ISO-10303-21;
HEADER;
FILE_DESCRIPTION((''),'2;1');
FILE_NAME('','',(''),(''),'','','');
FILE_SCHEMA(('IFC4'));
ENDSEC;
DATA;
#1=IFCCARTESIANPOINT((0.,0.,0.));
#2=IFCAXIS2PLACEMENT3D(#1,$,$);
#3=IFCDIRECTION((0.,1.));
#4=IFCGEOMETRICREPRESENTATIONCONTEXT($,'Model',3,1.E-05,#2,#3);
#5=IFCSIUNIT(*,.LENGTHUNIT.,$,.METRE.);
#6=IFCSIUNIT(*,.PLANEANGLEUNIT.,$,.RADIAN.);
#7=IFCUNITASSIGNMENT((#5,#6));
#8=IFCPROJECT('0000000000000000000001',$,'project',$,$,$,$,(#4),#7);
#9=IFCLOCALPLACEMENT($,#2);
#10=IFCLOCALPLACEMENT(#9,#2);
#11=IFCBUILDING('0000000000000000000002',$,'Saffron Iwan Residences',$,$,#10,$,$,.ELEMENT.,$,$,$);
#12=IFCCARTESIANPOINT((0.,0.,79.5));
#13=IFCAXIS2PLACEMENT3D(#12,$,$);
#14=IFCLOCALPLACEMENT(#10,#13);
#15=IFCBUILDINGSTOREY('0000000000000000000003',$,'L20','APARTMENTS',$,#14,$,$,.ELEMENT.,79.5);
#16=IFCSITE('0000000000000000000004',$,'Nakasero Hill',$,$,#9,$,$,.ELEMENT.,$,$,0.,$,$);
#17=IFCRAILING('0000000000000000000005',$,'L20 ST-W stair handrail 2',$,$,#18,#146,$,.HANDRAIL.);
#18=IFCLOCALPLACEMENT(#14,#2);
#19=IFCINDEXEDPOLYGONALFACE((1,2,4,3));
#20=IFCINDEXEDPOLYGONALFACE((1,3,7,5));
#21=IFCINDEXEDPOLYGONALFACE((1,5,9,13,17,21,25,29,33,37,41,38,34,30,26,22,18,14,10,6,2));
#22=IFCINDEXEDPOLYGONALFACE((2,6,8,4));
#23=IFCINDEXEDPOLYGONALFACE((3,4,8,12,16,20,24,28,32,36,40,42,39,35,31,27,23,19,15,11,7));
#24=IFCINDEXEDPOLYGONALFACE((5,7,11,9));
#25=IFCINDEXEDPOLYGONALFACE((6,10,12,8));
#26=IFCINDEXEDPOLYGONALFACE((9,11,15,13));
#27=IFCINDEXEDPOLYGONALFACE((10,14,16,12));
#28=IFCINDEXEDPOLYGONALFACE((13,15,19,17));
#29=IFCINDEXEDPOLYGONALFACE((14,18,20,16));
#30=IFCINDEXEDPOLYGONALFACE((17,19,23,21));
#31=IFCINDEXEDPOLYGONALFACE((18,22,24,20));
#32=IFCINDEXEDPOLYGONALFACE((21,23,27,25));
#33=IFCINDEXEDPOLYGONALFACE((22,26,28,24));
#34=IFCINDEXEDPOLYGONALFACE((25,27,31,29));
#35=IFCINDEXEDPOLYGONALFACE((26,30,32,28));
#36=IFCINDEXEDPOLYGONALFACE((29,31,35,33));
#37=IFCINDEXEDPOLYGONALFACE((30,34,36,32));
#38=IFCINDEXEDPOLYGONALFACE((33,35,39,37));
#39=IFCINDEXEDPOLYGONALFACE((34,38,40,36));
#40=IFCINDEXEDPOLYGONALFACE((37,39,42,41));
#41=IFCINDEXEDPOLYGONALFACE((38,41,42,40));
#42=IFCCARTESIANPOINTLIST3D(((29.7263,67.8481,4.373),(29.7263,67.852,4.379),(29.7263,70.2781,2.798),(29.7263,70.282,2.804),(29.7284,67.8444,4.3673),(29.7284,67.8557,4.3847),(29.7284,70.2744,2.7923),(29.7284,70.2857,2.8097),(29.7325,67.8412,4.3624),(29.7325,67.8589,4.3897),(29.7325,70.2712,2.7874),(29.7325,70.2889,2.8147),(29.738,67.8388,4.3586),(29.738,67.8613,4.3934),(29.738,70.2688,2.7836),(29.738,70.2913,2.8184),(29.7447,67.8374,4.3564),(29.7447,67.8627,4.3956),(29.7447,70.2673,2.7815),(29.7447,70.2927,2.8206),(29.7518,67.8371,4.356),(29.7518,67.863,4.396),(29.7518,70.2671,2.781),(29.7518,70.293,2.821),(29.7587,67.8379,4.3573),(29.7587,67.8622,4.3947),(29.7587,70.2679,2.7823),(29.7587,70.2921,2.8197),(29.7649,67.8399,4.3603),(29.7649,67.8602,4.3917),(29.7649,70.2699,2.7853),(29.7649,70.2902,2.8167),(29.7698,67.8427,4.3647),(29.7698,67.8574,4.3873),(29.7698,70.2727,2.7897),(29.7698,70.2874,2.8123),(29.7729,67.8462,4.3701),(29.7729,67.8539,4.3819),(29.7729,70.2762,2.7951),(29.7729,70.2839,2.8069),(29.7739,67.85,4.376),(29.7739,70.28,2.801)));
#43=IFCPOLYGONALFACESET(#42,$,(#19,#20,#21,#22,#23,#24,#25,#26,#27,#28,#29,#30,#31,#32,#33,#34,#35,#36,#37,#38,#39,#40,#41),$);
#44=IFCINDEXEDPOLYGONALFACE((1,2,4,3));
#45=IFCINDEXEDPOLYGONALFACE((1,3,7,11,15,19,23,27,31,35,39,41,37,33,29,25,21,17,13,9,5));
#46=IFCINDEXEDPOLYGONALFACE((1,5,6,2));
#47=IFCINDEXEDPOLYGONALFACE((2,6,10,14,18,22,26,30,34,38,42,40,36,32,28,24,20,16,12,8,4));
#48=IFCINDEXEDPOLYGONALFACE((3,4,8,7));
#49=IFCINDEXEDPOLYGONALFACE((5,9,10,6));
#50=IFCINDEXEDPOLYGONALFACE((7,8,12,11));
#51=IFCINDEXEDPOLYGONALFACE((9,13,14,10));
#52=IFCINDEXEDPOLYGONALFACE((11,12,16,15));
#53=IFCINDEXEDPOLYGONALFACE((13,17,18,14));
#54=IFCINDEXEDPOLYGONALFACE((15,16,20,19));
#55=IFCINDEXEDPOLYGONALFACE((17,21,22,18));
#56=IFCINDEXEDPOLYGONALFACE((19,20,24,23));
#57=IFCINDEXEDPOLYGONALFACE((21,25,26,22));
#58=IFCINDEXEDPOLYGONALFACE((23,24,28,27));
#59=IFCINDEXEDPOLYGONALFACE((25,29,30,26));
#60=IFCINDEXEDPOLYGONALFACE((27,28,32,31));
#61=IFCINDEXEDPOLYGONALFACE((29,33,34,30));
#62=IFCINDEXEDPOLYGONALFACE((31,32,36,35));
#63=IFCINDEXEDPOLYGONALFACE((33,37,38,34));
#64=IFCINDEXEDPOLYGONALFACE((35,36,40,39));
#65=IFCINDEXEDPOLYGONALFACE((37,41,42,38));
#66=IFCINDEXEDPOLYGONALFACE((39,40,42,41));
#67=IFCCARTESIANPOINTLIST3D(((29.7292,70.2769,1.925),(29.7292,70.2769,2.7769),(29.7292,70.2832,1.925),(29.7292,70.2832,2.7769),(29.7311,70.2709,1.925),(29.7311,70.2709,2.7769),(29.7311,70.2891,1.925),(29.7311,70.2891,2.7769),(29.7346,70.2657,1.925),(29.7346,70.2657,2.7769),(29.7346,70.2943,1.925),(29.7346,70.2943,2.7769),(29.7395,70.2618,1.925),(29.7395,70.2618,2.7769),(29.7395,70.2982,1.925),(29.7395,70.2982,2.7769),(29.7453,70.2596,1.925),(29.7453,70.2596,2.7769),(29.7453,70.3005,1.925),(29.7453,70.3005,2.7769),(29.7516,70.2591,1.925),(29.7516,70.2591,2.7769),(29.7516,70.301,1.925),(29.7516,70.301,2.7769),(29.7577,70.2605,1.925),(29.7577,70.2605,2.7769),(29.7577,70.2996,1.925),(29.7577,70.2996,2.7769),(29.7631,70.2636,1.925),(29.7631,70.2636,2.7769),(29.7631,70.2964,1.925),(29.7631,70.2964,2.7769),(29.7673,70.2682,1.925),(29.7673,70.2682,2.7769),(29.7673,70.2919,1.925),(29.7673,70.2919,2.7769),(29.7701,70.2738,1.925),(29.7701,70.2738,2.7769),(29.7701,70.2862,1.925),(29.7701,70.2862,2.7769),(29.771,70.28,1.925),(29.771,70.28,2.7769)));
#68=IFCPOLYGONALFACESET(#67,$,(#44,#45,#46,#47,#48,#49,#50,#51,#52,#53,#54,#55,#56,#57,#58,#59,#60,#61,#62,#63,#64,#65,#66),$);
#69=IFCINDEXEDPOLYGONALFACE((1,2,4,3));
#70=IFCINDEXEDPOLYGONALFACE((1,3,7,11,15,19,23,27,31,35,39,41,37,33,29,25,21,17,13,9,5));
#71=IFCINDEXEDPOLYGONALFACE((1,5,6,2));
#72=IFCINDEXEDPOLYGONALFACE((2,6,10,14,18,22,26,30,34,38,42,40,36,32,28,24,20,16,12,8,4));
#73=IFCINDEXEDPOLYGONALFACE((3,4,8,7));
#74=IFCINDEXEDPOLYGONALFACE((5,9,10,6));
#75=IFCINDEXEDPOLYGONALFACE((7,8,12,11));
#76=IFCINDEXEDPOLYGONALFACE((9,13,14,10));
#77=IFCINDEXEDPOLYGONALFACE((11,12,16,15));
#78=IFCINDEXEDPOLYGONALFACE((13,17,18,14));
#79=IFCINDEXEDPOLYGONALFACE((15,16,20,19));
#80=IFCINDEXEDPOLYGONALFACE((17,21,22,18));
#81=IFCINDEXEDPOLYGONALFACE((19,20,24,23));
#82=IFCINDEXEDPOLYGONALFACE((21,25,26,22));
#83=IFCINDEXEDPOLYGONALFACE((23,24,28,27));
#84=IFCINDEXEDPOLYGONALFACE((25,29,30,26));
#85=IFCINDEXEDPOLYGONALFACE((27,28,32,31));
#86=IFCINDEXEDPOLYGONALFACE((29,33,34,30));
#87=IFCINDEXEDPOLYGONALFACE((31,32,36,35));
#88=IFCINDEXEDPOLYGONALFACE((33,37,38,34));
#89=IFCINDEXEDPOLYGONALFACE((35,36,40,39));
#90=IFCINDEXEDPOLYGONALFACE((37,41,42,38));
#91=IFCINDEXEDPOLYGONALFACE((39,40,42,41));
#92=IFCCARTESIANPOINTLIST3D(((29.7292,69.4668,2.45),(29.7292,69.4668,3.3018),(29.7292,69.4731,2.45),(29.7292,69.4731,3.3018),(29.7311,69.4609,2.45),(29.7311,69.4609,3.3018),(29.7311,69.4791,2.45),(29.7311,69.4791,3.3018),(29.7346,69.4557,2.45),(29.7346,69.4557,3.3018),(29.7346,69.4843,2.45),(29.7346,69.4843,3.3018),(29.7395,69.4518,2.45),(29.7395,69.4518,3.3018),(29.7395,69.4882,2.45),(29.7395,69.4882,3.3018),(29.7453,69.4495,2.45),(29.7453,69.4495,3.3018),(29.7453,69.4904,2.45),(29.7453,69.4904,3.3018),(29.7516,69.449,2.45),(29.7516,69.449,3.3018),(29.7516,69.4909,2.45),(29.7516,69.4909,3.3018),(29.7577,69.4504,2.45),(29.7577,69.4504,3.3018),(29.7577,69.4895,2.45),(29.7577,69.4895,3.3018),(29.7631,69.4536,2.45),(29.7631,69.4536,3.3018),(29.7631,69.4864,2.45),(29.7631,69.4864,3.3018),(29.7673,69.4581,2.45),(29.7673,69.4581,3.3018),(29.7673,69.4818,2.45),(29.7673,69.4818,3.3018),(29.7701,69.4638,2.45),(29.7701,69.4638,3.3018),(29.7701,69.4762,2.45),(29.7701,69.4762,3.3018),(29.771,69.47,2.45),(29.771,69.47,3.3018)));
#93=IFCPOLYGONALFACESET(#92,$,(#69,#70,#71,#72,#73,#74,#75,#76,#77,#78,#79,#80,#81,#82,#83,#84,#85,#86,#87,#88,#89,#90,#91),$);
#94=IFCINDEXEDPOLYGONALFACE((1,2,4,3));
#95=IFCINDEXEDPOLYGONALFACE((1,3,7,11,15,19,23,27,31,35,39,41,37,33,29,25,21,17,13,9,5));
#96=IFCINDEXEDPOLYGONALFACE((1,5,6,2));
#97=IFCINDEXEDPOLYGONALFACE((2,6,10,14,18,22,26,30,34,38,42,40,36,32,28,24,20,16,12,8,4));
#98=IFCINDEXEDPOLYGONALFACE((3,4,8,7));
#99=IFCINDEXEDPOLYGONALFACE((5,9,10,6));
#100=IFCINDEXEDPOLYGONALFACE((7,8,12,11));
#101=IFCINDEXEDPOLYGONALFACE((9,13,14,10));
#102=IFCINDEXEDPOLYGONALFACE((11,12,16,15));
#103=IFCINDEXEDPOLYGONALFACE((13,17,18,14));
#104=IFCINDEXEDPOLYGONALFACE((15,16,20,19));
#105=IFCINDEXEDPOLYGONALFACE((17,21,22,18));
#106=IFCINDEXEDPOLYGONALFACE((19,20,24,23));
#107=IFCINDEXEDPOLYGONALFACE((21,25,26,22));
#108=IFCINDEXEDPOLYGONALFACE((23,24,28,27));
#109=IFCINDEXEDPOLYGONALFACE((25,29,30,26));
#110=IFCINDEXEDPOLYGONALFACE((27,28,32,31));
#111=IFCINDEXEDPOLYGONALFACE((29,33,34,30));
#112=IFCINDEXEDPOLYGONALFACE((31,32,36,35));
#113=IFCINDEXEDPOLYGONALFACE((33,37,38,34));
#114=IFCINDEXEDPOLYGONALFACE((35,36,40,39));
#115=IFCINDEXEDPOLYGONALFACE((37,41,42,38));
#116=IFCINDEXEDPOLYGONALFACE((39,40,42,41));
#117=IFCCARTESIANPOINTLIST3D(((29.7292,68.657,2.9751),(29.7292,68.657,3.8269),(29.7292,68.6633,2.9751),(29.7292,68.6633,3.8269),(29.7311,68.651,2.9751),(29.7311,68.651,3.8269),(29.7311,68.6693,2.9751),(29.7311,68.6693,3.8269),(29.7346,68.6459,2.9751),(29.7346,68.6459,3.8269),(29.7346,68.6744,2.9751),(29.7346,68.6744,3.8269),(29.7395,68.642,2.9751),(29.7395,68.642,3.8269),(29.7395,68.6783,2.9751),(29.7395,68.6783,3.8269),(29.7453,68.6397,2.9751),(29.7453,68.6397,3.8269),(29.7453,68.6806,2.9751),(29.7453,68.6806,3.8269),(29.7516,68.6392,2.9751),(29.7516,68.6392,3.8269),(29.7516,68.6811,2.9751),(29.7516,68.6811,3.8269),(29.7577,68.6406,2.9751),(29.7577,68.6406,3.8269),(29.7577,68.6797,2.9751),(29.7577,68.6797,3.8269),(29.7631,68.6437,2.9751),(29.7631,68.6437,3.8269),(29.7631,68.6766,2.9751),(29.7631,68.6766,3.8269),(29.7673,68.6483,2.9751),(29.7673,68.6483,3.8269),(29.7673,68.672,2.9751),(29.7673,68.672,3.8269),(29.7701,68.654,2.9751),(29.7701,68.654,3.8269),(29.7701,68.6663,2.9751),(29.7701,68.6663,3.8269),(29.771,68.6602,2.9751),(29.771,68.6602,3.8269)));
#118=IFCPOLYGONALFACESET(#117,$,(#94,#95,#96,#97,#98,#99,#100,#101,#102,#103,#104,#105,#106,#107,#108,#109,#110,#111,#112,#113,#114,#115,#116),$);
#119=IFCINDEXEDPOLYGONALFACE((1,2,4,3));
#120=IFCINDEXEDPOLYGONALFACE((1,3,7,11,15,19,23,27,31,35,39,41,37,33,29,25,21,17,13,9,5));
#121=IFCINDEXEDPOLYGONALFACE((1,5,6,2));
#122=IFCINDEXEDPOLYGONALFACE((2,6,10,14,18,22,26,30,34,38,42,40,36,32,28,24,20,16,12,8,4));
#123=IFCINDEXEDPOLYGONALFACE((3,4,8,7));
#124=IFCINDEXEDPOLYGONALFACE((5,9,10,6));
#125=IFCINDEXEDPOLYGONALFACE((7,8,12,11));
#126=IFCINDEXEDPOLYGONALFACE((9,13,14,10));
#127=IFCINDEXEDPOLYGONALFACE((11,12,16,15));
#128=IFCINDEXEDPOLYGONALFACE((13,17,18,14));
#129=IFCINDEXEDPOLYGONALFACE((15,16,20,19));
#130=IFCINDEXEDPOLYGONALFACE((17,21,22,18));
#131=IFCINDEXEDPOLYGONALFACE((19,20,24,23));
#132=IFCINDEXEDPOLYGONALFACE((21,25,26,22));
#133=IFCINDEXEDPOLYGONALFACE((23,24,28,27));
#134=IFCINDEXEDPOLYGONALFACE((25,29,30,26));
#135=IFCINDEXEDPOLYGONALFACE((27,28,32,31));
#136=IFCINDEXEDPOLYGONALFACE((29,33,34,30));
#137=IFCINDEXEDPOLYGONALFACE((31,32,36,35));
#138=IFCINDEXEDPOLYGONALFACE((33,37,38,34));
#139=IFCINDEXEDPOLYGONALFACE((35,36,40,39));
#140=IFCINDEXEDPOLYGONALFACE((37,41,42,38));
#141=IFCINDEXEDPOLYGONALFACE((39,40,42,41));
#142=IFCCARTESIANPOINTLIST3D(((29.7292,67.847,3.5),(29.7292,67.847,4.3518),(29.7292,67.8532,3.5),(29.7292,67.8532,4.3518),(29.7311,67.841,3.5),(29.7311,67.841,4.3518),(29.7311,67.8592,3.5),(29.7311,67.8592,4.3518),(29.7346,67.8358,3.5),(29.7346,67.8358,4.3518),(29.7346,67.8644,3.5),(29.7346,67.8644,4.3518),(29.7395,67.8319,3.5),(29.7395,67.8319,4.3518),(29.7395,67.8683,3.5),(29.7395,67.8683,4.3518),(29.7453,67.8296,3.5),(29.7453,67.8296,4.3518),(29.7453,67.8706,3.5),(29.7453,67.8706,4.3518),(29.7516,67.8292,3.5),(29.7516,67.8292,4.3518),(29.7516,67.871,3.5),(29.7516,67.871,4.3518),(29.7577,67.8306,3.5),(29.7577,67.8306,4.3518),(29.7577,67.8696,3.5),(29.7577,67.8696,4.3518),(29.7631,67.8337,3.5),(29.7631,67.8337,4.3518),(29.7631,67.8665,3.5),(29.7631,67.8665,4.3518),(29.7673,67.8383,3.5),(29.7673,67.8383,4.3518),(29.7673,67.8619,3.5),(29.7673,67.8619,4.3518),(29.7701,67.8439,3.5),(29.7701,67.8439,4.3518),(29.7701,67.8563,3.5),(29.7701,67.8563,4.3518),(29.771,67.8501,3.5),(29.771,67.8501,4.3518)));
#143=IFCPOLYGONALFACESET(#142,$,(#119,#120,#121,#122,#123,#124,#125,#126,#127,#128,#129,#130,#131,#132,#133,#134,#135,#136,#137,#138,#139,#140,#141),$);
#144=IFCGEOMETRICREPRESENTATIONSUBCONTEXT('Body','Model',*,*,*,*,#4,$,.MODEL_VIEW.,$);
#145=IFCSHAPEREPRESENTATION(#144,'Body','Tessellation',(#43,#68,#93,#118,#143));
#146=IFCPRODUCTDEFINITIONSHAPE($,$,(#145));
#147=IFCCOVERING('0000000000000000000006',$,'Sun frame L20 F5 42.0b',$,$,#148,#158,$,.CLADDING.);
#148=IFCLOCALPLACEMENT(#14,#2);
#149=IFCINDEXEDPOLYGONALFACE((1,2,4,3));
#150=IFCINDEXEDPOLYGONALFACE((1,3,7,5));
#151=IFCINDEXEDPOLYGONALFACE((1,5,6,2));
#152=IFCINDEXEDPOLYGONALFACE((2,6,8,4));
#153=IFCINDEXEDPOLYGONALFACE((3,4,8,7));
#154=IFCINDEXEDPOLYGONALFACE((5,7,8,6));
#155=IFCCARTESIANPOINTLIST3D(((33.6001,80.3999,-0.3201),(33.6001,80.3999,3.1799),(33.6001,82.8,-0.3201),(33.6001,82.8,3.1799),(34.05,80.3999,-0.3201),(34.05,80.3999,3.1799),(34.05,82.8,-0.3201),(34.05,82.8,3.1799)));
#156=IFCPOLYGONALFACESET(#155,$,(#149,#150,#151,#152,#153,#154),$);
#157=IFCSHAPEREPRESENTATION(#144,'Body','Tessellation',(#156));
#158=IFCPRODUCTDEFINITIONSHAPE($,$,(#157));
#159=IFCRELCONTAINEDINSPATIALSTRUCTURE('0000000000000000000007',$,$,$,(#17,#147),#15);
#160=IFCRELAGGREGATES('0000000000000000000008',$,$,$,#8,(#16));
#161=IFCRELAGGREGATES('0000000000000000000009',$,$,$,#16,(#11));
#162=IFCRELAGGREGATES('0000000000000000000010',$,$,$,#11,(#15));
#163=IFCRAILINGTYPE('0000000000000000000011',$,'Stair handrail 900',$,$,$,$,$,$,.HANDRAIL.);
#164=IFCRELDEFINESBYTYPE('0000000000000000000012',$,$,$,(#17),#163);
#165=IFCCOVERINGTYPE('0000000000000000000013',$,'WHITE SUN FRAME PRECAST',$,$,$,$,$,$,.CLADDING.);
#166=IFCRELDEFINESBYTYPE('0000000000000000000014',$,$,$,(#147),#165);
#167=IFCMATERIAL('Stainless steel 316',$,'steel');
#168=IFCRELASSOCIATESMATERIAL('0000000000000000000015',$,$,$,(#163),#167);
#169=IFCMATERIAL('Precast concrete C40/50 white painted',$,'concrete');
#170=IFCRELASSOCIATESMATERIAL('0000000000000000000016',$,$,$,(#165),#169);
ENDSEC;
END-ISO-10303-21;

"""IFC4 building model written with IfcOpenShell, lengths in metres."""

from ifc_helpers import new_model, si_unit, direction, frame, origin, origin_2d, place, context, subcontext, project, spatial, polyline, circle, outline, extrude, material, type_object, element, save


model = new_model("IFC4")

# Units and contexts
model_context = context("Model", 3, precision=1e-05, world=origin(), true_north=direction((0.0, 1.0)))
body_context = subcontext(model_context, "Body", "Model", "MODEL_VIEW")
ifc_project = project(units=[si_unit("LENGTHUNIT", "METRE"), si_unit("PLANEANGLEUNIT", "RADIAN")], contexts=[model_context])

# Site, building, storey
site_placement = place(None, origin())
site = spatial("IfcSite", under=ifc_project, at=site_placement, Name="Nakasero Hill", CompositionType="ELEMENT", RefElevation=0.0)
building_placement = place(site_placement, origin())
building = spatial("IfcBuilding", under=site, at=building_placement, Name="Saffron Iwan Residences", CompositionType="ELEMENT")
storey_placement = place(building_placement, frame((0.0, 0.0, 79.5)))
storey = spatial("IfcBuildingStorey", under=building, at=storey_placement, Name="L20", Description="APARTMENTS", CompositionType="ELEMENT", Elevation=79.5)

# Railing
ifc_material_1 = material(Name="Stainless steel 316", Category="steel")
railing_type = type_object("IfcRailingType", Name="Stair handrail 900", PredefinedType="HANDRAIL", material=ifc_material_1)
railing_placement = place(storey_placement, frame((29.75, 70.28, 1.925)))
element("IfcRailing", 1, at=railing_placement, inside=storey, type_object=railing_type, Name="L20 ST-W stair handrail 2", PredefinedType="HANDRAIL", context=body_context, shape_type="SweptSolid", body=[
    extrude(circle(Radius=0.0239, at=origin_2d()), frame((0.0, 0.0, 0.876), z_axis=(0.0, -0.839154, 0.543894), x_axis=(1.0, 0.0, 0.0)), (0.0, 0.0, 1.0), 2.8958),
    extrude(circle(Radius=0.021, at=origin_2d()), origin(), (0.0, 0.0, 1.0), 0.8518),
    extrude(circle(Radius=0.021, at=origin_2d()), frame((0.0, -0.8101, 0.5249)), (0.0, 0.0, 1.0), 0.8518),
    extrude(circle(Radius=0.021, at=origin_2d()), frame((0.0, -1.6199, 1.05)), (0.0, 0.0, 1.0), 0.8518),
    extrude(circle(Radius=0.021, at=origin_2d()), frame((0.0, -2.4299, 1.575)), (0.0, 0.0, 1.0), 0.8518),
])

# Covering
ifc_material_2 = material(Name="Precast concrete C40/50 white painted", Category="concrete")
covering_type_1 = type_object("IfcCoveringType", Name="WHITE SUN FRAME PRECAST", PredefinedType="CLADDING", material=ifc_material_2)
covering_1_placement = place(storey_placement, frame((34.05, 80.3999, -0.3201), z_axis=(0.0, 1.0, 0.0), x_axis=(-1.0, 0.0, 0.0)))
element("IfcCovering", 2, at=covering_1_placement, inside=storey, type_object=covering_type_1, Name="Sun frame L20 F5 42.0b", PredefinedType="CLADDING", context=body_context, shape_type="SweptSolid", body=[
    extrude(outline(polyline([(0.0, 0.0), (0.45, 0.0), (0.45, 3.5), (0.0, 3.5), (0.0, 0.0)])), origin(), (0.0, 0.0, 1.0), 2.4001),
])

save(model, "model.ifc")
